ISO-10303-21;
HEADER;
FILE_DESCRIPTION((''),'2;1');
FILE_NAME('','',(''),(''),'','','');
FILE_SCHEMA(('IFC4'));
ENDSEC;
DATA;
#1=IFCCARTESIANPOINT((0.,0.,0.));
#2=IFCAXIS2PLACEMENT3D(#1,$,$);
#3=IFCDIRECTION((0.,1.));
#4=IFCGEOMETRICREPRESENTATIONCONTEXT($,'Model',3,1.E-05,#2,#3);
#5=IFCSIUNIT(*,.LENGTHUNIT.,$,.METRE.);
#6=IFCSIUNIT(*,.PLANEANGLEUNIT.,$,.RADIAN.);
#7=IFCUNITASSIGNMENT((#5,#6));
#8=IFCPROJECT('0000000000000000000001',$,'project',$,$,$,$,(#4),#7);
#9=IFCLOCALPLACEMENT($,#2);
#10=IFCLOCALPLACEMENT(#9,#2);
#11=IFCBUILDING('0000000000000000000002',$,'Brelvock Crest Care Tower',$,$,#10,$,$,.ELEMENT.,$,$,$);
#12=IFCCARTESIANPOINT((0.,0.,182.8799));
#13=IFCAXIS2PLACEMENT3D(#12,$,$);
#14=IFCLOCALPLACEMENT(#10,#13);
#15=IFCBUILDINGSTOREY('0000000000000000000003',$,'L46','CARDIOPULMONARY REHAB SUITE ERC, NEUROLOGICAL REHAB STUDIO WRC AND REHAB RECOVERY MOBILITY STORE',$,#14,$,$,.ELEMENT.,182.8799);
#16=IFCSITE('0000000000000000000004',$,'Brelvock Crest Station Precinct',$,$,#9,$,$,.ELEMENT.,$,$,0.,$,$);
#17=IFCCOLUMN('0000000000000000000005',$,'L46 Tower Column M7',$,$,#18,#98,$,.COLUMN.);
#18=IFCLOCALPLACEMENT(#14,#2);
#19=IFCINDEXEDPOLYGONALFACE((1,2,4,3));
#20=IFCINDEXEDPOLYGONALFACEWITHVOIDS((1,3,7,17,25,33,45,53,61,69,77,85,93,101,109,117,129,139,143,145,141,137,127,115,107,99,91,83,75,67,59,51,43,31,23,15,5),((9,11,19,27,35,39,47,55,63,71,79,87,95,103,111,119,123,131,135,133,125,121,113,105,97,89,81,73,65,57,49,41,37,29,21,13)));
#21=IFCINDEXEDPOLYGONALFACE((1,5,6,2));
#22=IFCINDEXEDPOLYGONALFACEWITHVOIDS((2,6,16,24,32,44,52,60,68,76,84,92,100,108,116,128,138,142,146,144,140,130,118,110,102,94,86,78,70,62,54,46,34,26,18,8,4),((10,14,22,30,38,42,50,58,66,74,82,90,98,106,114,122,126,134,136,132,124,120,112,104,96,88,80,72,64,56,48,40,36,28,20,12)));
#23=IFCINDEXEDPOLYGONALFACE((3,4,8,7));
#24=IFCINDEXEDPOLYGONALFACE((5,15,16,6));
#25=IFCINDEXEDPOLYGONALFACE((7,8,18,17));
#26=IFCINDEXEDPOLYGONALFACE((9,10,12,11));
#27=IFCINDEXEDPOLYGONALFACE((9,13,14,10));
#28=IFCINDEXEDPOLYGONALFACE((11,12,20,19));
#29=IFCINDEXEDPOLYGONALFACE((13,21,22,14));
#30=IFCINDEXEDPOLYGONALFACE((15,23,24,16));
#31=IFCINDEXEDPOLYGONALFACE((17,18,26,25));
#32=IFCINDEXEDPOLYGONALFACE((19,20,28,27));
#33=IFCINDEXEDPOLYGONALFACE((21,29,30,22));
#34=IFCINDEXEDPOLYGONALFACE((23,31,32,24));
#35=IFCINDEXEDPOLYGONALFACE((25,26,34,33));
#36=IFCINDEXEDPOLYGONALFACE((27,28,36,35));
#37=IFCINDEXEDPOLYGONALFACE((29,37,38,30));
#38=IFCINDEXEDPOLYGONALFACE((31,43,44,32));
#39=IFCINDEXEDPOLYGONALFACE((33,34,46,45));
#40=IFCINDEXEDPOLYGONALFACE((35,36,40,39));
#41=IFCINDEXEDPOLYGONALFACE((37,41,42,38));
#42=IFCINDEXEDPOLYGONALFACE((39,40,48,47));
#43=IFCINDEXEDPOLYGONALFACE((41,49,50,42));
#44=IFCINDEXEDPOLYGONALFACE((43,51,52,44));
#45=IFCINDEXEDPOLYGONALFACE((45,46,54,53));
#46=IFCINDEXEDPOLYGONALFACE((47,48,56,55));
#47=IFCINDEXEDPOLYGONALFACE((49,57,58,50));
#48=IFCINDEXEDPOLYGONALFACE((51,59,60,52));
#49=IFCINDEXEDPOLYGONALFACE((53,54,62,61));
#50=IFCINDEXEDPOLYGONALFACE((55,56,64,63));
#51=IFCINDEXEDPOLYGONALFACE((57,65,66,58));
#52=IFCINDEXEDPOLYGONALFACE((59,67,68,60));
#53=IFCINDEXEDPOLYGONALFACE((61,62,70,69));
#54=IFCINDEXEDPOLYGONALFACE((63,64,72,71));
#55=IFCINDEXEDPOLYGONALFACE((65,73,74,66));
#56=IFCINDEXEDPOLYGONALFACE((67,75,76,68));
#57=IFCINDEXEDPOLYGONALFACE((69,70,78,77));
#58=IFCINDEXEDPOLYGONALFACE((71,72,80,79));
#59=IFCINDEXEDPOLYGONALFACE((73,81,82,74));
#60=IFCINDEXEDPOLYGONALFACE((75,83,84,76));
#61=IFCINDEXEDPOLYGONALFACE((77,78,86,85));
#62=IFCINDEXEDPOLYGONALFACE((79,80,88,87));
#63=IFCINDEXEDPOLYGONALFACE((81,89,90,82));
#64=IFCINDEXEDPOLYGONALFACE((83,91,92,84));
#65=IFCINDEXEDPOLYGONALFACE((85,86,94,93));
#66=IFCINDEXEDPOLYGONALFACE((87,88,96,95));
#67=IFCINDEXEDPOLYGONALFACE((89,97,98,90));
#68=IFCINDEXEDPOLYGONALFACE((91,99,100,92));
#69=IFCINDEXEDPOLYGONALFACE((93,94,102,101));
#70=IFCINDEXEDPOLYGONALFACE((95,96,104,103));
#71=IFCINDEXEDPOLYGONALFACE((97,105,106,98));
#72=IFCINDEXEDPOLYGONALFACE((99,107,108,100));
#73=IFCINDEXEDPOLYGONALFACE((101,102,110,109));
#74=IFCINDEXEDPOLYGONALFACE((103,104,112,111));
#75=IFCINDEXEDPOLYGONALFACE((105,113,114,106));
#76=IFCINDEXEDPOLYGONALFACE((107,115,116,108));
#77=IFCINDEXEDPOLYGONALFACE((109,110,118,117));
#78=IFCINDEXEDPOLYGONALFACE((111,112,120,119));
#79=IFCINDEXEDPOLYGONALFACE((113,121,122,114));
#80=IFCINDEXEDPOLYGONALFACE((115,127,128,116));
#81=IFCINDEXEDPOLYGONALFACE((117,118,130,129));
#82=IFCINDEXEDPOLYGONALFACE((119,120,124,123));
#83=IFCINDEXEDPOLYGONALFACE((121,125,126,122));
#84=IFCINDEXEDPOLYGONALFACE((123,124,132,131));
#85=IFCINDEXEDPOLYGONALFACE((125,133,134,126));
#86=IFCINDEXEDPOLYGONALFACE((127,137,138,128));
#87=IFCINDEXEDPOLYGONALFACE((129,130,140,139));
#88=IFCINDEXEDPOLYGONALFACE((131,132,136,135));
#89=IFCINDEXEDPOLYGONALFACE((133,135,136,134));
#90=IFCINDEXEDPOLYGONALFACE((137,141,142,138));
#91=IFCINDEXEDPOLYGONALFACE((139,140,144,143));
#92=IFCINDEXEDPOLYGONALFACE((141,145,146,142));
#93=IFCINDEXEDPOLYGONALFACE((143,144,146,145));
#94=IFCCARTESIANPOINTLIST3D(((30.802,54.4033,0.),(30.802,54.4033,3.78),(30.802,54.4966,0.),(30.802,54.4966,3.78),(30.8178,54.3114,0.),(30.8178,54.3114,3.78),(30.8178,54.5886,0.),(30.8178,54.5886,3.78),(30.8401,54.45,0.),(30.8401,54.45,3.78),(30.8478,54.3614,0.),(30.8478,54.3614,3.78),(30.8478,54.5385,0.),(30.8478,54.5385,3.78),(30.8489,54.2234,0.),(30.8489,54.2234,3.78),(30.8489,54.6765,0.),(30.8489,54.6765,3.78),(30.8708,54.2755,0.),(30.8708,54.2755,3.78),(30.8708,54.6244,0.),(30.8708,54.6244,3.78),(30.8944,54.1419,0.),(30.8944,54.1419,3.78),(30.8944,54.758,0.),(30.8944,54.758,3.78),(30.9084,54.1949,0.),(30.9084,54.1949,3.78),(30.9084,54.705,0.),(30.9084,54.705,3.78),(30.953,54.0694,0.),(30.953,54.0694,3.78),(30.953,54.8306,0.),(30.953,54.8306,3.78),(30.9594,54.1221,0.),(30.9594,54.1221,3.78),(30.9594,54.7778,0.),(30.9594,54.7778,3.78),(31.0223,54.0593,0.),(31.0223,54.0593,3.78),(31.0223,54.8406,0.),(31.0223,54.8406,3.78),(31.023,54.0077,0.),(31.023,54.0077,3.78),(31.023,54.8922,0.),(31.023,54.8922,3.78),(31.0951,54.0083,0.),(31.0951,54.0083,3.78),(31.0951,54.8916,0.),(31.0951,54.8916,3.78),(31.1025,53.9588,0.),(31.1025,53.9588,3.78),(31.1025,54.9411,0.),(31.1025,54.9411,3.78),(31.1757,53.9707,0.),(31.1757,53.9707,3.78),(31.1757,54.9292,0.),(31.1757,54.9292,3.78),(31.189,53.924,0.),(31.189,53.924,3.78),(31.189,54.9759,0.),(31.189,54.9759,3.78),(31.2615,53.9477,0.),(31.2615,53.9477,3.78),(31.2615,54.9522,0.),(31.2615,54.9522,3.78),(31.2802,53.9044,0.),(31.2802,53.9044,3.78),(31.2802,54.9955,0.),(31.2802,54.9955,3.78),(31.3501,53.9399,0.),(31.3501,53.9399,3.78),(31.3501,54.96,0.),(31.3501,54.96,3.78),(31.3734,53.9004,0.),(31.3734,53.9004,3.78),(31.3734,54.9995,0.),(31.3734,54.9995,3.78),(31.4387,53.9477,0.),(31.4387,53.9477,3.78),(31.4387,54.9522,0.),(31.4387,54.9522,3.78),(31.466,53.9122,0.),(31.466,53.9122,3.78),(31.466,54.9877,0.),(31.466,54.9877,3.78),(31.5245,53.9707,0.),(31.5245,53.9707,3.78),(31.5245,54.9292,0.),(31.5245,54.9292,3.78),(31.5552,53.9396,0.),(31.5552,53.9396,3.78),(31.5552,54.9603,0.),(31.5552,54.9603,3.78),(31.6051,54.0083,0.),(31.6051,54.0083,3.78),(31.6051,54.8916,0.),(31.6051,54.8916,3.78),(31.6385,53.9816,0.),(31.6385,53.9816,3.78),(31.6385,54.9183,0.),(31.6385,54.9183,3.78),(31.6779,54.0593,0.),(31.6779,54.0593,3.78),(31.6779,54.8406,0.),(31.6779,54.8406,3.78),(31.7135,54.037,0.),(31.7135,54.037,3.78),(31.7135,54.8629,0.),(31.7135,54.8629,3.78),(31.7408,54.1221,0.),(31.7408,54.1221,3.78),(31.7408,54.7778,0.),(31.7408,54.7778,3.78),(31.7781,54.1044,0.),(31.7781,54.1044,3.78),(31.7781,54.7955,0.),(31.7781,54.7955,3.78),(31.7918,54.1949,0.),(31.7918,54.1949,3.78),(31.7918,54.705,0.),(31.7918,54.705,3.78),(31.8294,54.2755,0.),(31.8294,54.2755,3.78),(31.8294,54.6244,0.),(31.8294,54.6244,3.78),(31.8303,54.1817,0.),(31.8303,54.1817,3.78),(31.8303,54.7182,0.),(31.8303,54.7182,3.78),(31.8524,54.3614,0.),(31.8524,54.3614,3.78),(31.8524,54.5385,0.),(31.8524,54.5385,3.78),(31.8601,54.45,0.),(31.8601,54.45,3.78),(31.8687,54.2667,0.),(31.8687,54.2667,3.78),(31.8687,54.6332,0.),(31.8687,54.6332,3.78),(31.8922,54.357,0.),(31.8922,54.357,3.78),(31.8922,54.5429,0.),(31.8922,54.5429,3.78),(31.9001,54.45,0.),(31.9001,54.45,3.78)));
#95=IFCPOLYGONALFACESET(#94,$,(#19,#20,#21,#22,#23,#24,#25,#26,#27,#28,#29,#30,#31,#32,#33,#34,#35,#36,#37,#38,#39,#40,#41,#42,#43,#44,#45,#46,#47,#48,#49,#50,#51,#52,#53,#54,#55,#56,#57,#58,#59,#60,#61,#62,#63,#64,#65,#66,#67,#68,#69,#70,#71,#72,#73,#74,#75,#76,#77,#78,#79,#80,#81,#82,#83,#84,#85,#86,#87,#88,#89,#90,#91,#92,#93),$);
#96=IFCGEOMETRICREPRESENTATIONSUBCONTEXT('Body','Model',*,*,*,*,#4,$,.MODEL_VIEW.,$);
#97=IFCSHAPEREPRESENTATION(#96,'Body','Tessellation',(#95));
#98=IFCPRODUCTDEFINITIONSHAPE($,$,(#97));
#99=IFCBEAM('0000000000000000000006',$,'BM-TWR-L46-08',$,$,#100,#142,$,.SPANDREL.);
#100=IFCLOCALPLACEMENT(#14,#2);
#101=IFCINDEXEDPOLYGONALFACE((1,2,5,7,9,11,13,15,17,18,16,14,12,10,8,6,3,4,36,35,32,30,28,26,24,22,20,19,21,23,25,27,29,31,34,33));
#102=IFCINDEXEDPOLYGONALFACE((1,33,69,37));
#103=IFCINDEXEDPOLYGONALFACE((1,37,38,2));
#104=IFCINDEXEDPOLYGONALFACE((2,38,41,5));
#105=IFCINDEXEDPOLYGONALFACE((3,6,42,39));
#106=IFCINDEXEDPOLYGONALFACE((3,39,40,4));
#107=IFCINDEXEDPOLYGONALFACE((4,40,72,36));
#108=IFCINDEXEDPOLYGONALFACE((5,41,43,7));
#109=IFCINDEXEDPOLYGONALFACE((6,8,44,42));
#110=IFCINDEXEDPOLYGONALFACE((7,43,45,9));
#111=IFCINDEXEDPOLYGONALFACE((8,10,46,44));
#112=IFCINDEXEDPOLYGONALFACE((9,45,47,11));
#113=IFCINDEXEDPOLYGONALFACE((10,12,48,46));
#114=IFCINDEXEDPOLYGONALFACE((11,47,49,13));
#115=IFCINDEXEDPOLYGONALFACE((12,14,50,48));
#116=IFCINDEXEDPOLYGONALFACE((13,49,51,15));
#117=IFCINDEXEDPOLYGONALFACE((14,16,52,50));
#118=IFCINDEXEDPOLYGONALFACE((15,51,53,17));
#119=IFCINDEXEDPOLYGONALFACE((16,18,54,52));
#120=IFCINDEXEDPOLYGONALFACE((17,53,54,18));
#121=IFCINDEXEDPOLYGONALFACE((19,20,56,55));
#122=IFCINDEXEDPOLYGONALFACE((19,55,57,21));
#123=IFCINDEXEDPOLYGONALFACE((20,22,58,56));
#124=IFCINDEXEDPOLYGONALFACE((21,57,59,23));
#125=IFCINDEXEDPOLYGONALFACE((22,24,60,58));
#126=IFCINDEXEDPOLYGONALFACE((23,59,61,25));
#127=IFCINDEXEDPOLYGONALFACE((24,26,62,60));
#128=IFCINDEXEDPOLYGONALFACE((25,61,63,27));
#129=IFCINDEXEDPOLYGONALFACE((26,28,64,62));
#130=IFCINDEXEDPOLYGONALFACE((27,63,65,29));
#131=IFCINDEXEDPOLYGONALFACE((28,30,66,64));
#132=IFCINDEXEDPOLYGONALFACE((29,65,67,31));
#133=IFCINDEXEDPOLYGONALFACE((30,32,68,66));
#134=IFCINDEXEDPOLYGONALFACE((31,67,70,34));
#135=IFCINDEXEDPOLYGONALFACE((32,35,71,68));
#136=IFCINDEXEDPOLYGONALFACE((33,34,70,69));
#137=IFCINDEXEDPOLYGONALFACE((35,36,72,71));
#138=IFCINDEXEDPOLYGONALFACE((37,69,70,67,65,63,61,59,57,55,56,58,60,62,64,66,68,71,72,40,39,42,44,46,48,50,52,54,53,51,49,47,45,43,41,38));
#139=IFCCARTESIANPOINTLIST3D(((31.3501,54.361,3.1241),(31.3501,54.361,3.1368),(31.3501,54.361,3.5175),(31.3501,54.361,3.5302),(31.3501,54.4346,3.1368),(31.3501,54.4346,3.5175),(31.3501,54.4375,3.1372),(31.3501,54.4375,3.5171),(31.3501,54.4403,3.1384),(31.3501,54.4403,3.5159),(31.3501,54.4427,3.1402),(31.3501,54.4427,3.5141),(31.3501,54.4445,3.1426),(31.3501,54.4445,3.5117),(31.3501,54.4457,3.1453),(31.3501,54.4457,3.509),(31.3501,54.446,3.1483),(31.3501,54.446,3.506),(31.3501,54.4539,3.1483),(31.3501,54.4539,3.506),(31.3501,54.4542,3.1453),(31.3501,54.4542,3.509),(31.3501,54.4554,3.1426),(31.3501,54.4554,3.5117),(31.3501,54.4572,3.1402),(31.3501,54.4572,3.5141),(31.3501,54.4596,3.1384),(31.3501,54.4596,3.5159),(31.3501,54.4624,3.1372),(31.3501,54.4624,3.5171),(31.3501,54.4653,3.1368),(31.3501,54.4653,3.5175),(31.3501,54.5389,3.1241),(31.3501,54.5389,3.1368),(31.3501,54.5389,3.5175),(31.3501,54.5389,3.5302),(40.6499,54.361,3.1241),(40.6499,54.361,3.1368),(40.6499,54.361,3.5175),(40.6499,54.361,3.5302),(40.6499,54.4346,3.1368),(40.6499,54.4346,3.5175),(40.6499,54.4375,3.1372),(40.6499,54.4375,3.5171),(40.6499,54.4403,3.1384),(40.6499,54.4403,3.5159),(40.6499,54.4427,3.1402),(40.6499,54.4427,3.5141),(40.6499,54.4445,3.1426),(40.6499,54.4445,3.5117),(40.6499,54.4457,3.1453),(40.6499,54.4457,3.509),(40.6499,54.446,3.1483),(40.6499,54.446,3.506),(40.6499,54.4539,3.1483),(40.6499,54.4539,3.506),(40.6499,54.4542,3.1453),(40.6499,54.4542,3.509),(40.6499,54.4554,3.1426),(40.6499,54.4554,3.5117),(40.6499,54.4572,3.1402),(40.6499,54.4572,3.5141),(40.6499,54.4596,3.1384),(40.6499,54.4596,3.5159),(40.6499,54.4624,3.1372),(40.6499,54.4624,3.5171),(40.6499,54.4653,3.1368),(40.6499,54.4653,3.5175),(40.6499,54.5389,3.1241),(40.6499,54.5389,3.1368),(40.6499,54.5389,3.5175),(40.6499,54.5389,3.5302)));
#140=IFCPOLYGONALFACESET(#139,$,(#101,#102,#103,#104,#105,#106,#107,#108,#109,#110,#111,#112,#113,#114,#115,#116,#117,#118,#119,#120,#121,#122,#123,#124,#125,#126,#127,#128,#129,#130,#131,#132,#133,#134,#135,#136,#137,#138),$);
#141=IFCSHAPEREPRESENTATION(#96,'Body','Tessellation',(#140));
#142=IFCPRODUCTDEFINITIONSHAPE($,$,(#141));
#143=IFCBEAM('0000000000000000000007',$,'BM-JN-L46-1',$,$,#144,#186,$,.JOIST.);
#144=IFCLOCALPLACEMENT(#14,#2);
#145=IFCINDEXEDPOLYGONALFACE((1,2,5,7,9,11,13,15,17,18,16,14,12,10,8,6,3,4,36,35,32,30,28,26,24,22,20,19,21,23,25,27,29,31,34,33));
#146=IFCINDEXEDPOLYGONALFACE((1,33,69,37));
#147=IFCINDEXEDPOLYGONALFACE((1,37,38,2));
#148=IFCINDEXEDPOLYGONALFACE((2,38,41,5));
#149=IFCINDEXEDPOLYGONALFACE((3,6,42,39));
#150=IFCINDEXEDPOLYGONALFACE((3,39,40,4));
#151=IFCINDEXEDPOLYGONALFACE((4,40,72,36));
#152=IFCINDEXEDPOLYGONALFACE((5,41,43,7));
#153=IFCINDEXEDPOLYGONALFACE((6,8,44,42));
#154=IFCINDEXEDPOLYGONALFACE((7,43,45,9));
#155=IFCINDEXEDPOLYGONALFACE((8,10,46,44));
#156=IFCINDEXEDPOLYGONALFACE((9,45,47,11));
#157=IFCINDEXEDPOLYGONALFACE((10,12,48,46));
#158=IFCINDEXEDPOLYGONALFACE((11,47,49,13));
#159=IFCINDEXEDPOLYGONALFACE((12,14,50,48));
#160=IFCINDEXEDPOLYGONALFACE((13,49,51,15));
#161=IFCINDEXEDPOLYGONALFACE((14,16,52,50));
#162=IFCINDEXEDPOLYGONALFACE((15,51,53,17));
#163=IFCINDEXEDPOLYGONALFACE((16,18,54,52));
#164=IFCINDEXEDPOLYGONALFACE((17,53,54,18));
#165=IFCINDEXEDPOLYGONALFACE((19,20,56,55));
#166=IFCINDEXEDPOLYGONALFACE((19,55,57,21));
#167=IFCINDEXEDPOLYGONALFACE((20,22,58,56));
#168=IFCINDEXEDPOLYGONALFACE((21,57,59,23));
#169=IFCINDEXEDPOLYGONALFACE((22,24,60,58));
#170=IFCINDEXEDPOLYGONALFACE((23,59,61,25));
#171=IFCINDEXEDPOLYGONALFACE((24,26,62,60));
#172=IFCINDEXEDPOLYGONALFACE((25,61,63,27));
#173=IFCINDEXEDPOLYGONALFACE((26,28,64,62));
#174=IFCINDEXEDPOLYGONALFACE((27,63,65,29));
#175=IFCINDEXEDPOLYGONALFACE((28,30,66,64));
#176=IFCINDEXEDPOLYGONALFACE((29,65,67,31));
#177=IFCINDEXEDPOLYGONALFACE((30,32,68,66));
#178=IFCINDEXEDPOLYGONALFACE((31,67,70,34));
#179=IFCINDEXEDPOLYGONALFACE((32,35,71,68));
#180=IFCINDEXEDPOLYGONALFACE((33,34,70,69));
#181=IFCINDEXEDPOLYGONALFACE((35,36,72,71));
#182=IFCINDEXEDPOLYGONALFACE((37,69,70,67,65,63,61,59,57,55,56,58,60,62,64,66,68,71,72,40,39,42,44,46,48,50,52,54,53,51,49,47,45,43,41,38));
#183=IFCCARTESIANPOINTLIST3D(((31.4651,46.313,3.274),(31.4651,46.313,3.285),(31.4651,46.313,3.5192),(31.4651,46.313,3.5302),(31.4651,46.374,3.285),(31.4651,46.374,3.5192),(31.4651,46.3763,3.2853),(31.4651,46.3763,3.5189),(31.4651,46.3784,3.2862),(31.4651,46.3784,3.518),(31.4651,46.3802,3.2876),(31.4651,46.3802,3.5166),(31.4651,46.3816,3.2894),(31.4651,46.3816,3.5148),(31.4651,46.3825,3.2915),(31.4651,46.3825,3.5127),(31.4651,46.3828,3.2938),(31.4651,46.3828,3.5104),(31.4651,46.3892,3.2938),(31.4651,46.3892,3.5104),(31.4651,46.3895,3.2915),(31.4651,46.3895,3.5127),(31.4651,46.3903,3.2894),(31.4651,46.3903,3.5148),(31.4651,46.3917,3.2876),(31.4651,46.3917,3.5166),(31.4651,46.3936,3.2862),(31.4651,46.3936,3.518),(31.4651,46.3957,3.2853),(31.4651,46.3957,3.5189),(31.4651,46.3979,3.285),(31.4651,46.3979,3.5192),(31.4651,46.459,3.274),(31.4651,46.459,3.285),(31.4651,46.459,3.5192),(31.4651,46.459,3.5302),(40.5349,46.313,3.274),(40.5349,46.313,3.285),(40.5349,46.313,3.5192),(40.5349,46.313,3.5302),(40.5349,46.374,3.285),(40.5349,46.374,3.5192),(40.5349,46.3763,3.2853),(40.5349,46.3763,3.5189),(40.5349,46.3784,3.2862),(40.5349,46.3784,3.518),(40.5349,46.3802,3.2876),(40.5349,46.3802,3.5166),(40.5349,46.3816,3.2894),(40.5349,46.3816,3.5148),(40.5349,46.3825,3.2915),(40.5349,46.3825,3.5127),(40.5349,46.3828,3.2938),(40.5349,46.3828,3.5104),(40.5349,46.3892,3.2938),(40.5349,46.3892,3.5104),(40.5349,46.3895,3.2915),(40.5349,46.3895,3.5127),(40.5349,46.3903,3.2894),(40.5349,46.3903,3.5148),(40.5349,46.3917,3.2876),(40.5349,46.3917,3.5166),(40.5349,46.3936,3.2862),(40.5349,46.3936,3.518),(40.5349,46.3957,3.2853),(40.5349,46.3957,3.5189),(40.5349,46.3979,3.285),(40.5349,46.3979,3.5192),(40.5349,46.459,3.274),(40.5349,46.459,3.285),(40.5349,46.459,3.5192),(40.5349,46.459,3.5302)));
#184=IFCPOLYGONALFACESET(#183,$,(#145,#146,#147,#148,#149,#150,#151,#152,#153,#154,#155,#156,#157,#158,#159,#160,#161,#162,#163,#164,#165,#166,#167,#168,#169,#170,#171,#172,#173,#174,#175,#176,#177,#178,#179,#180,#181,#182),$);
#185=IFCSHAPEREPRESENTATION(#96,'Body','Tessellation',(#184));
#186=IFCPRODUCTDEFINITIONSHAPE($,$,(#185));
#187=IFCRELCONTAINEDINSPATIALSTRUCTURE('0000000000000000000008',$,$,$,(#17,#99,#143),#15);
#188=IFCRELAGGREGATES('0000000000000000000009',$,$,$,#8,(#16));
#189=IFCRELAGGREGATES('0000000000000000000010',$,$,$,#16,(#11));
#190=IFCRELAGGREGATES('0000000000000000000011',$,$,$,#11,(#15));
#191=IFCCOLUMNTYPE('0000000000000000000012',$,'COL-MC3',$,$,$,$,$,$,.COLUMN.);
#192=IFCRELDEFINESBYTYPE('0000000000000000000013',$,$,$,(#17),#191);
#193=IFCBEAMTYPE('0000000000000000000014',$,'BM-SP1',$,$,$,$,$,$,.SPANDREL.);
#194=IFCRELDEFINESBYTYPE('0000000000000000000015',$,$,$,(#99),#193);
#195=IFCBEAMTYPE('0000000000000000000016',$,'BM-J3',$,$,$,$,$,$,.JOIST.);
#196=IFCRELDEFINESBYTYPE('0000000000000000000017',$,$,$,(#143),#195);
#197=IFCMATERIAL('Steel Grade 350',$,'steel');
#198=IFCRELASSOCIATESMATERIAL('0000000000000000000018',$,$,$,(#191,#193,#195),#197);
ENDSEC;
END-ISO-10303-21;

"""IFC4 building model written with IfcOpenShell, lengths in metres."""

from ifc_helpers import new_model, si_unit, direction, frame, origin, origin_2d, place, context, subcontext, project, spatial, hollow_circle, i_section, extrude, source, transform, mapped, material, material_profile, profile_set, type_object, element, save


model = new_model("IFC4")

# Units and contexts
model_context = context("Model", 3, precision=1e-05, world=origin(), true_north=direction((0.0, 1.0)))
body_context = subcontext(model_context, "Body", "Model", "MODEL_VIEW")
ifc_project = project(units=[si_unit("LENGTHUNIT", "METRE"), si_unit("PLANEANGLEUNIT", "RADIAN")], contexts=[model_context])

# Site, building, storey
site_placement = place(None, origin())
site = spatial("IfcSite", under=ifc_project, at=site_placement, Name="Brelvock Crest Station Precinct", CompositionType="ELEMENT", RefElevation=0.0)
building_placement = place(site_placement, origin())
building = spatial("IfcBuilding", under=site, at=building_placement, Name="Brelvock Crest Care Tower", CompositionType="ELEMENT")
storey_placement = place(building_placement, frame((0.0, 0.0, 182.8799)))
storey = spatial("IfcBuildingStorey", under=building, at=storey_placement, Name="L46", Description="CARDIOPULMONARY REHAB SUITE ERC, NEUROLOGICAL REHAB STUDIO WRC AND REHAB RECOVERY MOBILITY STORE", CompositionType="ELEMENT", Elevation=182.8799)

# Column
ifc_material_1 = material(Name="Steel Grade 350", Category="steel")
ifc_material_profile_1 = material_profile(ifc_material_1, hollow_circle(Radius=0.55, WallThickness=0.04, at=origin_2d()), Name="CFT1100x40")
ifc_profile_set_1 = profile_set([ifc_material_profile_1], Name="Steel Grade 350")
column_type = type_object("IfcColumnType", Name="COL-MC3", PredefinedType="COLUMN", material=ifc_profile_set_1)
shared_shape_1 = source(origin(), body_context, "Body", "SweptSolid", [
    extrude(hollow_circle(Radius=0.55, WallThickness=0.04, at=origin_2d()), origin(), (0.0, 0.0, 1.0), 3.78),
])
column_placement = place(storey_placement, frame((31.3501, 54.45, 0.0), z_axis=(0.0, 0.0, 1.0), x_axis=(1.0, 0.0, 0.0)))
element("IfcColumn", 1, at=column_placement, inside=storey, type_object=column_type, Name="L46 Tower Column M7", PredefinedType="COLUMN", context=body_context, shape_type="MappedRepresentation", body=[
    mapped(shared_shape_1, transform((0.0, 0.0, 0.0), x_axis=(1.0, 0.0, 0.0), y_axis=(0.0, 1.0, 0.0), z_axis=(0.0, 0.0, 1.0), scale=1.0)),
])

# Beams
ifc_material_profile_2 = material_profile(ifc_material_1, i_section(OverallWidth=0.178, OverallDepth=0.406, WebThickness=0.0078, FlangeThickness=0.0127, FilletRadius=0.0115, at=origin_2d()), Name="410UB59.7")
ifc_profile_set_2 = profile_set([ifc_material_profile_2], Name="Steel Grade 350")
beam_type_1 = type_object("IfcBeamType", Name="BM-SP1", PredefinedType="SPANDREL", material=ifc_profile_set_2)
shared_shape_2 = source(origin(), body_context, "Body", "SweptSolid", [
    extrude(i_section(OverallWidth=0.178, OverallDepth=0.406, WebThickness=0.0078, FlangeThickness=0.0127, FilletRadius=0.0115, at=origin_2d()), origin(), (0.0, 0.0, 1.0), 9.2998),
])
beam_placement = place(storey_placement, frame((31.3501, 54.45, 3.3271), z_axis=(1.0, 0.0, 0.0), x_axis=(0.0, 1.0, 0.0)))
element("IfcBeam", 2, at=beam_placement, inside=storey, type_object=beam_type_1, Name="BM-TWR-L46-08", PredefinedType="SPANDREL", context=body_context, shape_type="MappedRepresentation", body=[
    mapped(shared_shape_2, transform((0.0, 0.0, 0.0), x_axis=(1.0, 0.0, 0.0), y_axis=(0.0, 1.0, 0.0), z_axis=(0.0, 0.0, 1.0), scale=1.0)),
])
ifc_material_profile_3 = material_profile(ifc_material_1, i_section(OverallWidth=0.146, OverallDepth=0.2561, WebThickness=0.0063, FlangeThickness=0.011, FilletRadius=0.0088, at=origin_2d()), Name="250UB37.3")
ifc_profile_set_3 = profile_set([ifc_material_profile_3], Name="Steel Grade 350")
beam_type_2 = type_object("IfcBeamType", Name="BM-J3", PredefinedType="JOIST", material=ifc_profile_set_3)
shared_shape_3 = source(origin(), body_context, "Body", "SweptSolid", [
    extrude(i_section(OverallWidth=0.146, OverallDepth=0.2561, WebThickness=0.0063, FlangeThickness=0.011, FilletRadius=0.0088, at=origin_2d()), origin(), (0.0, 0.0, 1.0), 9.0698),
])
for number, where, z_axis, x_axis, name in (
    (3, (31.4651, 46.386, 3.4021), (1.0, 0.0, 0.0), (0.0, 1.0, 0.0), "BM-JN-L46-1"),
):
    element("IfcBeam", number, at=place(storey_placement, frame(where, z_axis=z_axis, x_axis=x_axis)), inside=storey, type_object=beam_type_2, Name=name, PredefinedType="JOIST", context=body_context, shape_type="MappedRepresentation", body=[
        mapped(shared_shape_3, transform((0.0, 0.0, 0.0), x_axis=(1.0, 0.0, 0.0), y_axis=(0.0, 1.0, 0.0), z_axis=(0.0, 0.0, 1.0), scale=1.0)),
    ])

save(model, "model.ifc")
